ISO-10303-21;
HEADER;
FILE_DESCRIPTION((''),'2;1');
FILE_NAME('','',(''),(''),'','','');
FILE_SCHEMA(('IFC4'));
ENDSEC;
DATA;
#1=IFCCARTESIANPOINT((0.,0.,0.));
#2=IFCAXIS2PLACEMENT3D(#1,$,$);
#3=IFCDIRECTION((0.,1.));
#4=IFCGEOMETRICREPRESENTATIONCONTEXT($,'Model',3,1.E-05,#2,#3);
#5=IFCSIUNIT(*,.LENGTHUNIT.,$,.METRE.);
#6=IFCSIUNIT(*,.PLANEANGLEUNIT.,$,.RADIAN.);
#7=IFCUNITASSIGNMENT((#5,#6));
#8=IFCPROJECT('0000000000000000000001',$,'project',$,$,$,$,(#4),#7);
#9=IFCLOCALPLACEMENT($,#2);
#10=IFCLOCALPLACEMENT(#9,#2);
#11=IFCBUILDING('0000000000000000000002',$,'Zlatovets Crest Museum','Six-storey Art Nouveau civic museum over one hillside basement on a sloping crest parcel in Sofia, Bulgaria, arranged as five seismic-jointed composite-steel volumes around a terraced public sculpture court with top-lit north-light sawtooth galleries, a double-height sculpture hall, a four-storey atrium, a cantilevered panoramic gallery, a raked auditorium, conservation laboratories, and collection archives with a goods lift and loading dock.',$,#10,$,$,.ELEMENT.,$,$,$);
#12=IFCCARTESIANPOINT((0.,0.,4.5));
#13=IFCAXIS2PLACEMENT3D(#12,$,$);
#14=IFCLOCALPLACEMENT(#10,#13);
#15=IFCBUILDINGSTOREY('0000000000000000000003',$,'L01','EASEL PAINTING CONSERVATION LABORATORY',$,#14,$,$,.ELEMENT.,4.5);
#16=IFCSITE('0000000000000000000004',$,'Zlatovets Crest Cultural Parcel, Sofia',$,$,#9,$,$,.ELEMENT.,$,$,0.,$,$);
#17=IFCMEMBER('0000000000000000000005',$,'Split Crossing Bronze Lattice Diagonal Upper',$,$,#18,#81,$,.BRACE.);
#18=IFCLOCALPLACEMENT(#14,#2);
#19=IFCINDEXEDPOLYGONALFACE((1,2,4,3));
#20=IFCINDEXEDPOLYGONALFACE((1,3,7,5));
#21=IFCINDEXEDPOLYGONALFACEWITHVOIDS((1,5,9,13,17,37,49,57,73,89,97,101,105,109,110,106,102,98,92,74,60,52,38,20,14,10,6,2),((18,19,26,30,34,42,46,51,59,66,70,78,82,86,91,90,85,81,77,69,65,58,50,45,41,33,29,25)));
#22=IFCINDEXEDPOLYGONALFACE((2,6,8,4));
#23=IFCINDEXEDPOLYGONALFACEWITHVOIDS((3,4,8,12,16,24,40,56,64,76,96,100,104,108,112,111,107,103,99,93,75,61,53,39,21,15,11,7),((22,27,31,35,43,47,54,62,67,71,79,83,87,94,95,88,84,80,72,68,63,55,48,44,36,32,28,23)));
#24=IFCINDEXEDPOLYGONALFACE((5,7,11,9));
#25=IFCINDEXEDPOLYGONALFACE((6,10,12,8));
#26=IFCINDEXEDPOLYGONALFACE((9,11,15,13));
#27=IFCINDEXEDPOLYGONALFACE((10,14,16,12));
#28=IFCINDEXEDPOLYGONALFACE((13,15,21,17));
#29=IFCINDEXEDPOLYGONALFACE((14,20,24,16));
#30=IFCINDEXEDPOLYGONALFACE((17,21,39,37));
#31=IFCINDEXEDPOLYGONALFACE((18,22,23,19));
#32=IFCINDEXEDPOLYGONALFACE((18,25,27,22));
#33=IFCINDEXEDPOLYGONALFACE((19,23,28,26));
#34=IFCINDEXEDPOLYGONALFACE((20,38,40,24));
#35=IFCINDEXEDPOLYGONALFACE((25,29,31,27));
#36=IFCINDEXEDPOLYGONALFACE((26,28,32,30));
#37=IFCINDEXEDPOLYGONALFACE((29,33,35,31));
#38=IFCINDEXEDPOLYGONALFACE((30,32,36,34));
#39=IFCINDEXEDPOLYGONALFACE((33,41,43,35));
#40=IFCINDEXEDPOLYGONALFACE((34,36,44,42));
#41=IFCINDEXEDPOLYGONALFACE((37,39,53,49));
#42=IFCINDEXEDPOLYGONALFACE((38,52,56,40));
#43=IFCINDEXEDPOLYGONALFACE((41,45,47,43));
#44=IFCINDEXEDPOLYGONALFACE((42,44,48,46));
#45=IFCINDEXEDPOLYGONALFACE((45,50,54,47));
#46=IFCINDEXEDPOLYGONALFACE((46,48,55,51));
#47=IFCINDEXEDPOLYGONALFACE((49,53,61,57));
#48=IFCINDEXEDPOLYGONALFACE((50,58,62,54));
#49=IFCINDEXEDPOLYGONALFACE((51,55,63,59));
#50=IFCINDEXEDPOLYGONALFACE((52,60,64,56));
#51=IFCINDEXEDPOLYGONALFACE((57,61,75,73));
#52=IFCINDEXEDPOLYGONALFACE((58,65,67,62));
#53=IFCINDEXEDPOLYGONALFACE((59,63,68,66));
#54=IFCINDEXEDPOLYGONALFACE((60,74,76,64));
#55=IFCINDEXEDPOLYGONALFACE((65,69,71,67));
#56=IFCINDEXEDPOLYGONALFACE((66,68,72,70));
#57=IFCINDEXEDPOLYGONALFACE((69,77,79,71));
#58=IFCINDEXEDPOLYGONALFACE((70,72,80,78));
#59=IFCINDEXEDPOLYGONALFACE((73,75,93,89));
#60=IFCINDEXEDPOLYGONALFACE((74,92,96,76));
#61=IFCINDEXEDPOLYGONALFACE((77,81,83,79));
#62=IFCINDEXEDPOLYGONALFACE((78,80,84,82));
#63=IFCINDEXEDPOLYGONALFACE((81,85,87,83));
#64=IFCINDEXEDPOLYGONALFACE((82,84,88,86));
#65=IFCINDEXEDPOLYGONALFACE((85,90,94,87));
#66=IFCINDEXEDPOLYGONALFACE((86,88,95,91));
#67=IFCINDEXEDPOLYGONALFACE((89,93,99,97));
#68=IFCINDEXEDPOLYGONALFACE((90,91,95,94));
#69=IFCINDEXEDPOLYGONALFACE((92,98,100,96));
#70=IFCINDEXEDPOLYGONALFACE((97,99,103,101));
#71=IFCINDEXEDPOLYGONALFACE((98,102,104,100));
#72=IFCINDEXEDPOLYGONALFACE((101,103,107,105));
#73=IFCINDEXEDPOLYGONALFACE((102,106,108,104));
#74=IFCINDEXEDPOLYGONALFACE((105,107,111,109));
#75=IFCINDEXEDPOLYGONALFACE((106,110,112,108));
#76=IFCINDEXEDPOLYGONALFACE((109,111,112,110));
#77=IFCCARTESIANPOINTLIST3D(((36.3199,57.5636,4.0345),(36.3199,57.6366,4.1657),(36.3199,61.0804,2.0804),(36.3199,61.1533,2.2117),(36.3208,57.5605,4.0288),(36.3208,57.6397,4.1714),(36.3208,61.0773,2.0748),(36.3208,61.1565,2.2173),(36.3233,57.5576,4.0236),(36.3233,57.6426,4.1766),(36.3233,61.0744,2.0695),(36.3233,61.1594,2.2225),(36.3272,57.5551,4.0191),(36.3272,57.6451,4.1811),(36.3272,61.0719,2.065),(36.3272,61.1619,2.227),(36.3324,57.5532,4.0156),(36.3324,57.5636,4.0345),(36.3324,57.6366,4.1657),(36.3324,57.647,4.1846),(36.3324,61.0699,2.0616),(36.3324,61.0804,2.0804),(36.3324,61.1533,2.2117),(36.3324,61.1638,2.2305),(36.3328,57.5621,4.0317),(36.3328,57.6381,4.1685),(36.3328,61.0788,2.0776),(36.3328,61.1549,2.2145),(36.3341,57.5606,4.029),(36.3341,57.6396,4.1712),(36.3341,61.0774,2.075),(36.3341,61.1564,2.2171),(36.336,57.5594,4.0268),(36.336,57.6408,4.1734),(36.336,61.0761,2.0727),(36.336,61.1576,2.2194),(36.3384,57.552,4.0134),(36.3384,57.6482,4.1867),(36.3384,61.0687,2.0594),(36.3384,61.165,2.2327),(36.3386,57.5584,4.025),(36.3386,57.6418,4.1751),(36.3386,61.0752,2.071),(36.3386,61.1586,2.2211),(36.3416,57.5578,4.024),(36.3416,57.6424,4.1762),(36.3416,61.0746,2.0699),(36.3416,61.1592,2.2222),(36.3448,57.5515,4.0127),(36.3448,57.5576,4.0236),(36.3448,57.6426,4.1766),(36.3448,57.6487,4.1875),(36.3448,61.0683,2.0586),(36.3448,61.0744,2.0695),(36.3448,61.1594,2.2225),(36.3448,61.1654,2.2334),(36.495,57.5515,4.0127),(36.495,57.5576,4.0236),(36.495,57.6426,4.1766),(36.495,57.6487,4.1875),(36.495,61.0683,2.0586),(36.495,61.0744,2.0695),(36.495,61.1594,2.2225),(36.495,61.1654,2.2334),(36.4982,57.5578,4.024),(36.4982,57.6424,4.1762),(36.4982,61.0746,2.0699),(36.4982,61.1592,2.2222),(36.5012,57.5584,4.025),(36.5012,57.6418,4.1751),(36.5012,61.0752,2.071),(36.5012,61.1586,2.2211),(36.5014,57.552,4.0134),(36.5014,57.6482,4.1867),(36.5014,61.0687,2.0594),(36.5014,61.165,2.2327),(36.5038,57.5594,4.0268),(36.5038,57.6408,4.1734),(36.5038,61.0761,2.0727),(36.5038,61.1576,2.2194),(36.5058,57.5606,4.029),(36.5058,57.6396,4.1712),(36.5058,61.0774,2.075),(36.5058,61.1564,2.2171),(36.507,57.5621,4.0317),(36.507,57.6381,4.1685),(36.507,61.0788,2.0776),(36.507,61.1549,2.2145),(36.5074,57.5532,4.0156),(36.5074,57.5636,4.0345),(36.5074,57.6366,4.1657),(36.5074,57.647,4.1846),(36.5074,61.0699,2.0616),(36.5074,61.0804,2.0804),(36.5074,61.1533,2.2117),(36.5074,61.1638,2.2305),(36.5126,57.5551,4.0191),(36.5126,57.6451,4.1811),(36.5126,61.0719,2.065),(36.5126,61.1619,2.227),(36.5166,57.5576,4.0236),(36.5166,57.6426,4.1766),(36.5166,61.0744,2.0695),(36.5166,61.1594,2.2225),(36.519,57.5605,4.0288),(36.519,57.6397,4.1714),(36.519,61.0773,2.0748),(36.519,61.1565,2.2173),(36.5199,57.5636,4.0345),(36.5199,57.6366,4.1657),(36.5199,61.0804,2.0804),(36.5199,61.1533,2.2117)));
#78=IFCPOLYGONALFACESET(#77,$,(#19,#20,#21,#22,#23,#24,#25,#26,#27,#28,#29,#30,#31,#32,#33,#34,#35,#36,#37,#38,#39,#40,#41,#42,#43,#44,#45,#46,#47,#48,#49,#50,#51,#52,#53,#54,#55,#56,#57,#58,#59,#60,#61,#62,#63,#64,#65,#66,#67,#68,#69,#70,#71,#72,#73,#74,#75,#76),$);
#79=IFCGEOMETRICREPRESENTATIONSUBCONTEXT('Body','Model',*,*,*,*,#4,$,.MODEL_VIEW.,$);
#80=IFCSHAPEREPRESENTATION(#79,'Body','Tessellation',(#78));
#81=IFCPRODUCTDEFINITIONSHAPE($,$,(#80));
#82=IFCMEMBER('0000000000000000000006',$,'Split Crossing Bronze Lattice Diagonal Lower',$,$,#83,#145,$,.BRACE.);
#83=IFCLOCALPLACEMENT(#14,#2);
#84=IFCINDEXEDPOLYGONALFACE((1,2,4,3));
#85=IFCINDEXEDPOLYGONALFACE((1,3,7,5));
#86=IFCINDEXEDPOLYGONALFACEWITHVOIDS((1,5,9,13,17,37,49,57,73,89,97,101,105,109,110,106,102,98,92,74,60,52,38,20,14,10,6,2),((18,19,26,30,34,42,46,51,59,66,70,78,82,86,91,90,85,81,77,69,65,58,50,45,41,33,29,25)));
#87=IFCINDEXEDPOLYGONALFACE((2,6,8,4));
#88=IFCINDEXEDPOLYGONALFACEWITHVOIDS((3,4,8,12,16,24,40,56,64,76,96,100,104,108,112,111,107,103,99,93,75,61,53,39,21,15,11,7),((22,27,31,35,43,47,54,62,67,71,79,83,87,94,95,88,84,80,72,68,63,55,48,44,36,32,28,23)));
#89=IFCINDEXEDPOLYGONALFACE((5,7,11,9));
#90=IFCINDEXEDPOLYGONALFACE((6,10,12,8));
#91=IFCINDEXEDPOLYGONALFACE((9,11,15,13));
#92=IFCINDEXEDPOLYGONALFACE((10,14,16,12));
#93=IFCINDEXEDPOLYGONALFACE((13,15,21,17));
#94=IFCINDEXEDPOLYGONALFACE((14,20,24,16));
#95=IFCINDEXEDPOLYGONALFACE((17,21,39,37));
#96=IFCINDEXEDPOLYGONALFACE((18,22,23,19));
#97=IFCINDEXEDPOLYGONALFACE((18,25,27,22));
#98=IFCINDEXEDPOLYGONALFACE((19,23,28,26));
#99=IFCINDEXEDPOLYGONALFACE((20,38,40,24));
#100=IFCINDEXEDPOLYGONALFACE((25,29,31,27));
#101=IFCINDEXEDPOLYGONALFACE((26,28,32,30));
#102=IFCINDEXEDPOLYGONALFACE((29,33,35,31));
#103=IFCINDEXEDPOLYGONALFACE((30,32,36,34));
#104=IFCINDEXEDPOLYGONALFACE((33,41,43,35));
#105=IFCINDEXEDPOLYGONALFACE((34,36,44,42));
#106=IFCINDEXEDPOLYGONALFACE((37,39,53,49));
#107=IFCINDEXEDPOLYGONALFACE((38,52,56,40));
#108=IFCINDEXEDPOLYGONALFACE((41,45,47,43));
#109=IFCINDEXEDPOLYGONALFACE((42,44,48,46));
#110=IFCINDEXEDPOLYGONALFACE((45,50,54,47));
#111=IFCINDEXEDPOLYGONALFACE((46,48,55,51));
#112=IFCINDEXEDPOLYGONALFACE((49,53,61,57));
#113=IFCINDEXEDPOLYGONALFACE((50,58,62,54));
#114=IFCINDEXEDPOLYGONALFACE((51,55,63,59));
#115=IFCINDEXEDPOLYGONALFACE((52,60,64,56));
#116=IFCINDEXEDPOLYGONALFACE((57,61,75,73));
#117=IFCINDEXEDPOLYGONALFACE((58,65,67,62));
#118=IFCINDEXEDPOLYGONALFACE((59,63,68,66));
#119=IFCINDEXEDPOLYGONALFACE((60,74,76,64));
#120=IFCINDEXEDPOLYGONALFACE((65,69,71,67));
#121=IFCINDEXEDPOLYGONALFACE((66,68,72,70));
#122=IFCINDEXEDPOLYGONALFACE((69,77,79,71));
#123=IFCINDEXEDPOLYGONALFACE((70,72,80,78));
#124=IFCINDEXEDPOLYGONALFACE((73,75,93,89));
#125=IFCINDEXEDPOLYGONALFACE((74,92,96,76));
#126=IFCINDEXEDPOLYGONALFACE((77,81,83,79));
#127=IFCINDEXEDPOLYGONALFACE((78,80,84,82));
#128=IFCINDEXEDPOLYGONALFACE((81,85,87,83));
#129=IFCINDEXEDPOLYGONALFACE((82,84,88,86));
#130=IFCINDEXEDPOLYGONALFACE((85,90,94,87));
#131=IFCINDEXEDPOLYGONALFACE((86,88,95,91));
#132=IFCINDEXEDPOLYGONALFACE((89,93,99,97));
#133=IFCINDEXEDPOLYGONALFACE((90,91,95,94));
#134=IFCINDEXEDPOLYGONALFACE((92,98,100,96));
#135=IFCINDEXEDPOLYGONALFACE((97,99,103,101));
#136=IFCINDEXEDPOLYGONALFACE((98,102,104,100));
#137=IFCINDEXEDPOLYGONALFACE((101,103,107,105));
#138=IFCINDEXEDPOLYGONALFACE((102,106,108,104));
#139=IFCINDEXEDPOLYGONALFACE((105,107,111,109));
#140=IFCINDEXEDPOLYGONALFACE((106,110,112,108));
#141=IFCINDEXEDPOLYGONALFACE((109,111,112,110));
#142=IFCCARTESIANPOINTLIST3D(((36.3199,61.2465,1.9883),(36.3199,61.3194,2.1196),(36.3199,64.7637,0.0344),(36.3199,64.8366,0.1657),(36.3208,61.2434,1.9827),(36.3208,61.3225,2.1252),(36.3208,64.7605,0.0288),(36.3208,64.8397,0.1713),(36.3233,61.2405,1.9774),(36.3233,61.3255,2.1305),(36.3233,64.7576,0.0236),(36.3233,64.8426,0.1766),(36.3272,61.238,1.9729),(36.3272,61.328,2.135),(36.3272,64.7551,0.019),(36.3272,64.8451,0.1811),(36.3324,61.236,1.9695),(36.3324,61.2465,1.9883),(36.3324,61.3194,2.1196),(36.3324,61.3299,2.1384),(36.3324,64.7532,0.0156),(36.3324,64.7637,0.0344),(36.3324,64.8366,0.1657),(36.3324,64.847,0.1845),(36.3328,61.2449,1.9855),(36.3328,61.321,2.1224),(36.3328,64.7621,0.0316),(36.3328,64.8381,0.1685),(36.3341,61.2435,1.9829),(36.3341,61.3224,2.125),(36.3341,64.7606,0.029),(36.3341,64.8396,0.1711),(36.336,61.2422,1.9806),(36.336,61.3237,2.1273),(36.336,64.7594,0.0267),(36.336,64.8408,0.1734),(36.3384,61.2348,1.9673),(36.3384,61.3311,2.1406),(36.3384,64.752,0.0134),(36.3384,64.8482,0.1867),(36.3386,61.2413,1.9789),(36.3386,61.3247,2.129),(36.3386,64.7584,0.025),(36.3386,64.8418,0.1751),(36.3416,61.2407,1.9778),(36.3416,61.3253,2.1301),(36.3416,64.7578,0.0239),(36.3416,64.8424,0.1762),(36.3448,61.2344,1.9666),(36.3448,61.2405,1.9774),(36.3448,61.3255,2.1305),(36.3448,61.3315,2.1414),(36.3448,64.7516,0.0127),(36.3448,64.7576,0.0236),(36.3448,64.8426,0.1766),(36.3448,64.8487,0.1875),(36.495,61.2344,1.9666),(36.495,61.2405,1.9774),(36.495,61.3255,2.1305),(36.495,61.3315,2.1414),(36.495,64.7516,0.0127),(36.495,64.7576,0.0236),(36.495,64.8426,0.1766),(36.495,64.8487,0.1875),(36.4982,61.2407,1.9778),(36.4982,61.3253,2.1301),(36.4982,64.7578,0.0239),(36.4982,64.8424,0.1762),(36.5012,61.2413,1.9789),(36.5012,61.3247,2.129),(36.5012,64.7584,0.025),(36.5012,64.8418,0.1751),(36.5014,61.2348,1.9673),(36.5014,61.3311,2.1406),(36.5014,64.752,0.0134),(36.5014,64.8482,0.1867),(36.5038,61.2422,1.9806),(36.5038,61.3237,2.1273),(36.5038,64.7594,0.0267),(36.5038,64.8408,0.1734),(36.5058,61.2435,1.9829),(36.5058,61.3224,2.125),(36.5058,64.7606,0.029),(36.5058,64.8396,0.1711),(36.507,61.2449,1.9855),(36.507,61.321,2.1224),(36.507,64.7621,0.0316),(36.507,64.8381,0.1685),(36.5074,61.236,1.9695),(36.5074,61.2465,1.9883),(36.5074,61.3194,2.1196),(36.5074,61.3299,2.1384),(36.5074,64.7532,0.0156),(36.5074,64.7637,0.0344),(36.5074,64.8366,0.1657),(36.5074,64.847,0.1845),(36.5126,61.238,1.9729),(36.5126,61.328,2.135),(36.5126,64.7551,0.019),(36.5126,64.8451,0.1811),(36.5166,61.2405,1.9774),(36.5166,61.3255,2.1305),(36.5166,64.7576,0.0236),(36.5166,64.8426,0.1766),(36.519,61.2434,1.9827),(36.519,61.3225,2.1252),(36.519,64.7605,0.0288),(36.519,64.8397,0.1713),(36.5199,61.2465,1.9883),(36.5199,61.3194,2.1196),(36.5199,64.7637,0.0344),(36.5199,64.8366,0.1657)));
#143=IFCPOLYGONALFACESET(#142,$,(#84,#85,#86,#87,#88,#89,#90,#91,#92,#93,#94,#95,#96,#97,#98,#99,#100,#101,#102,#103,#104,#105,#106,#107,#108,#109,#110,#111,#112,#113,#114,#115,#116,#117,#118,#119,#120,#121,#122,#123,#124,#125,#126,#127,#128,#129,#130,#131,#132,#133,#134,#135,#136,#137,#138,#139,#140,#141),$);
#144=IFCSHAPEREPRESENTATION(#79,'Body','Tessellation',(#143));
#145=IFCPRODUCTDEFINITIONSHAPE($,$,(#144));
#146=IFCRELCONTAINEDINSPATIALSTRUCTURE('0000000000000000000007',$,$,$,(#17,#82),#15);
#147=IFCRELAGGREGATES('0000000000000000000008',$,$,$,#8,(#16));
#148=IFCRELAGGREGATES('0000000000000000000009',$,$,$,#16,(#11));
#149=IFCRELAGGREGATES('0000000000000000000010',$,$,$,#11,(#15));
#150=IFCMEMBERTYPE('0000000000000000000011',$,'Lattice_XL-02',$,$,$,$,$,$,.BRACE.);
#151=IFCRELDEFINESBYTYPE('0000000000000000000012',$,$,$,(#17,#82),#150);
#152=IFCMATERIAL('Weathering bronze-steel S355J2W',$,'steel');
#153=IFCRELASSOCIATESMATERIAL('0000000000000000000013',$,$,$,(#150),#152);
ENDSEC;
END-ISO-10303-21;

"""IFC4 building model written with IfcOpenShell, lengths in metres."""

from ifc_helpers import new_model, si_unit, direction, frame, origin, origin_2d, place, context, subcontext, project, spatial, hollow_rectangle, extrude, material, material_profile, profile_set, type_object, element, save


model = new_model("IFC4")

# Units and contexts
model_context = context("Model", 3, precision=1e-05, world=origin(), true_north=direction((0.0, 1.0)))
body_context = subcontext(model_context, "Body", "Model", "MODEL_VIEW")
ifc_project = project(units=[si_unit("LENGTHUNIT", "METRE"), si_unit("PLANEANGLEUNIT", "RADIAN")], contexts=[model_context])

# Site, building, storey
site_placement = place(None, origin())
site = spatial("IfcSite", under=ifc_project, at=site_placement, Name="Zlatovets Crest Cultural Parcel, Sofia", CompositionType="ELEMENT", RefElevation=0.0)
building_placement = place(site_placement, origin())
building = spatial("IfcBuilding", under=site, at=building_placement, Name="Zlatovets Crest Museum", Description="Six-storey Art Nouveau civic museum over one hillside basement on a sloping crest parcel in Sofia, Bulgaria, arranged as five seismic-jointed composite-steel volumes around a terraced public sculpture court with top-lit north-light sawtooth galleries, a double-height sculpture hall, a four-storey atrium, a cantilevered panoramic gallery, a raked auditorium, conservation laboratories, and collection archives with a goods lift and loading dock.", CompositionType="ELEMENT")
storey_placement = place(building_placement, frame((0.0, 0.0, 4.5)))
storey = spatial("IfcBuildingStorey", under=building, at=storey_placement, Name="L01", Description="EASEL PAINTING CONSERVATION LABORATORY", CompositionType="ELEMENT", Elevation=4.5)

# Members
ifc_material_1 = material(Name="Weathering bronze-steel S355J2W", Category="steel")
ifc_material_profile_1 = material_profile(ifc_material_1, hollow_rectangle(XDim=0.2, YDim=0.2, WallThickness=0.0125, InnerFilletRadius=0.0125, OuterFilletRadius=0.0249, at=origin_2d()), Name="SHS 200x200x12.5")
ifc_profile_set_1 = profile_set([ifc_material_profile_1], Name="Weathering bronze-steel S355J2W")
member_type_1 = type_object("IfcMemberType", Name="Lattice_XL-02", PredefinedType="BRACE", material=ifc_profile_set_1)
member_1_placement = place(storey_placement, frame((36.4199, 57.6001, 4.1001), z_axis=(0.0, 0.874126, -0.4857), x_axis=(-1.0, 0.0, 0.0)))
element("IfcMember", 1, at=member_1_placement, inside=storey, type_object=member_type_1, Name="Split Crossing Bronze Lattice Diagonal Upper", PredefinedType="BRACE", context=body_context, shape_type="SweptSolid", body=[
    extrude(hollow_rectangle(XDim=0.2, YDim=0.2, WallThickness=0.0125, InnerFilletRadius=0.0125, OuterFilletRadius=0.0249, at=origin_2d()), origin(), (0.0, 0.0, 1.0), 4.0232),
])
member_2_placement = place(storey_placement, frame((36.4199, 61.283, 2.054), z_axis=(0.0, 0.874166, -0.485627), x_axis=(-1.0, 0.0, 0.0)))
element("IfcMember", 2, at=member_2_placement, inside=storey, type_object=member_type_1, Name="Split Crossing Bronze Lattice Diagonal Lower", PredefinedType="BRACE", context=body_context, shape_type="SweptSolid", body=[
    extrude(hollow_rectangle(XDim=0.2, YDim=0.2, WallThickness=0.0125, InnerFilletRadius=0.0125, OuterFilletRadius=0.0249, at=origin_2d()), origin(), (0.0, 0.0, 1.0), 4.0234),
])

save(model, "model.ifc")
